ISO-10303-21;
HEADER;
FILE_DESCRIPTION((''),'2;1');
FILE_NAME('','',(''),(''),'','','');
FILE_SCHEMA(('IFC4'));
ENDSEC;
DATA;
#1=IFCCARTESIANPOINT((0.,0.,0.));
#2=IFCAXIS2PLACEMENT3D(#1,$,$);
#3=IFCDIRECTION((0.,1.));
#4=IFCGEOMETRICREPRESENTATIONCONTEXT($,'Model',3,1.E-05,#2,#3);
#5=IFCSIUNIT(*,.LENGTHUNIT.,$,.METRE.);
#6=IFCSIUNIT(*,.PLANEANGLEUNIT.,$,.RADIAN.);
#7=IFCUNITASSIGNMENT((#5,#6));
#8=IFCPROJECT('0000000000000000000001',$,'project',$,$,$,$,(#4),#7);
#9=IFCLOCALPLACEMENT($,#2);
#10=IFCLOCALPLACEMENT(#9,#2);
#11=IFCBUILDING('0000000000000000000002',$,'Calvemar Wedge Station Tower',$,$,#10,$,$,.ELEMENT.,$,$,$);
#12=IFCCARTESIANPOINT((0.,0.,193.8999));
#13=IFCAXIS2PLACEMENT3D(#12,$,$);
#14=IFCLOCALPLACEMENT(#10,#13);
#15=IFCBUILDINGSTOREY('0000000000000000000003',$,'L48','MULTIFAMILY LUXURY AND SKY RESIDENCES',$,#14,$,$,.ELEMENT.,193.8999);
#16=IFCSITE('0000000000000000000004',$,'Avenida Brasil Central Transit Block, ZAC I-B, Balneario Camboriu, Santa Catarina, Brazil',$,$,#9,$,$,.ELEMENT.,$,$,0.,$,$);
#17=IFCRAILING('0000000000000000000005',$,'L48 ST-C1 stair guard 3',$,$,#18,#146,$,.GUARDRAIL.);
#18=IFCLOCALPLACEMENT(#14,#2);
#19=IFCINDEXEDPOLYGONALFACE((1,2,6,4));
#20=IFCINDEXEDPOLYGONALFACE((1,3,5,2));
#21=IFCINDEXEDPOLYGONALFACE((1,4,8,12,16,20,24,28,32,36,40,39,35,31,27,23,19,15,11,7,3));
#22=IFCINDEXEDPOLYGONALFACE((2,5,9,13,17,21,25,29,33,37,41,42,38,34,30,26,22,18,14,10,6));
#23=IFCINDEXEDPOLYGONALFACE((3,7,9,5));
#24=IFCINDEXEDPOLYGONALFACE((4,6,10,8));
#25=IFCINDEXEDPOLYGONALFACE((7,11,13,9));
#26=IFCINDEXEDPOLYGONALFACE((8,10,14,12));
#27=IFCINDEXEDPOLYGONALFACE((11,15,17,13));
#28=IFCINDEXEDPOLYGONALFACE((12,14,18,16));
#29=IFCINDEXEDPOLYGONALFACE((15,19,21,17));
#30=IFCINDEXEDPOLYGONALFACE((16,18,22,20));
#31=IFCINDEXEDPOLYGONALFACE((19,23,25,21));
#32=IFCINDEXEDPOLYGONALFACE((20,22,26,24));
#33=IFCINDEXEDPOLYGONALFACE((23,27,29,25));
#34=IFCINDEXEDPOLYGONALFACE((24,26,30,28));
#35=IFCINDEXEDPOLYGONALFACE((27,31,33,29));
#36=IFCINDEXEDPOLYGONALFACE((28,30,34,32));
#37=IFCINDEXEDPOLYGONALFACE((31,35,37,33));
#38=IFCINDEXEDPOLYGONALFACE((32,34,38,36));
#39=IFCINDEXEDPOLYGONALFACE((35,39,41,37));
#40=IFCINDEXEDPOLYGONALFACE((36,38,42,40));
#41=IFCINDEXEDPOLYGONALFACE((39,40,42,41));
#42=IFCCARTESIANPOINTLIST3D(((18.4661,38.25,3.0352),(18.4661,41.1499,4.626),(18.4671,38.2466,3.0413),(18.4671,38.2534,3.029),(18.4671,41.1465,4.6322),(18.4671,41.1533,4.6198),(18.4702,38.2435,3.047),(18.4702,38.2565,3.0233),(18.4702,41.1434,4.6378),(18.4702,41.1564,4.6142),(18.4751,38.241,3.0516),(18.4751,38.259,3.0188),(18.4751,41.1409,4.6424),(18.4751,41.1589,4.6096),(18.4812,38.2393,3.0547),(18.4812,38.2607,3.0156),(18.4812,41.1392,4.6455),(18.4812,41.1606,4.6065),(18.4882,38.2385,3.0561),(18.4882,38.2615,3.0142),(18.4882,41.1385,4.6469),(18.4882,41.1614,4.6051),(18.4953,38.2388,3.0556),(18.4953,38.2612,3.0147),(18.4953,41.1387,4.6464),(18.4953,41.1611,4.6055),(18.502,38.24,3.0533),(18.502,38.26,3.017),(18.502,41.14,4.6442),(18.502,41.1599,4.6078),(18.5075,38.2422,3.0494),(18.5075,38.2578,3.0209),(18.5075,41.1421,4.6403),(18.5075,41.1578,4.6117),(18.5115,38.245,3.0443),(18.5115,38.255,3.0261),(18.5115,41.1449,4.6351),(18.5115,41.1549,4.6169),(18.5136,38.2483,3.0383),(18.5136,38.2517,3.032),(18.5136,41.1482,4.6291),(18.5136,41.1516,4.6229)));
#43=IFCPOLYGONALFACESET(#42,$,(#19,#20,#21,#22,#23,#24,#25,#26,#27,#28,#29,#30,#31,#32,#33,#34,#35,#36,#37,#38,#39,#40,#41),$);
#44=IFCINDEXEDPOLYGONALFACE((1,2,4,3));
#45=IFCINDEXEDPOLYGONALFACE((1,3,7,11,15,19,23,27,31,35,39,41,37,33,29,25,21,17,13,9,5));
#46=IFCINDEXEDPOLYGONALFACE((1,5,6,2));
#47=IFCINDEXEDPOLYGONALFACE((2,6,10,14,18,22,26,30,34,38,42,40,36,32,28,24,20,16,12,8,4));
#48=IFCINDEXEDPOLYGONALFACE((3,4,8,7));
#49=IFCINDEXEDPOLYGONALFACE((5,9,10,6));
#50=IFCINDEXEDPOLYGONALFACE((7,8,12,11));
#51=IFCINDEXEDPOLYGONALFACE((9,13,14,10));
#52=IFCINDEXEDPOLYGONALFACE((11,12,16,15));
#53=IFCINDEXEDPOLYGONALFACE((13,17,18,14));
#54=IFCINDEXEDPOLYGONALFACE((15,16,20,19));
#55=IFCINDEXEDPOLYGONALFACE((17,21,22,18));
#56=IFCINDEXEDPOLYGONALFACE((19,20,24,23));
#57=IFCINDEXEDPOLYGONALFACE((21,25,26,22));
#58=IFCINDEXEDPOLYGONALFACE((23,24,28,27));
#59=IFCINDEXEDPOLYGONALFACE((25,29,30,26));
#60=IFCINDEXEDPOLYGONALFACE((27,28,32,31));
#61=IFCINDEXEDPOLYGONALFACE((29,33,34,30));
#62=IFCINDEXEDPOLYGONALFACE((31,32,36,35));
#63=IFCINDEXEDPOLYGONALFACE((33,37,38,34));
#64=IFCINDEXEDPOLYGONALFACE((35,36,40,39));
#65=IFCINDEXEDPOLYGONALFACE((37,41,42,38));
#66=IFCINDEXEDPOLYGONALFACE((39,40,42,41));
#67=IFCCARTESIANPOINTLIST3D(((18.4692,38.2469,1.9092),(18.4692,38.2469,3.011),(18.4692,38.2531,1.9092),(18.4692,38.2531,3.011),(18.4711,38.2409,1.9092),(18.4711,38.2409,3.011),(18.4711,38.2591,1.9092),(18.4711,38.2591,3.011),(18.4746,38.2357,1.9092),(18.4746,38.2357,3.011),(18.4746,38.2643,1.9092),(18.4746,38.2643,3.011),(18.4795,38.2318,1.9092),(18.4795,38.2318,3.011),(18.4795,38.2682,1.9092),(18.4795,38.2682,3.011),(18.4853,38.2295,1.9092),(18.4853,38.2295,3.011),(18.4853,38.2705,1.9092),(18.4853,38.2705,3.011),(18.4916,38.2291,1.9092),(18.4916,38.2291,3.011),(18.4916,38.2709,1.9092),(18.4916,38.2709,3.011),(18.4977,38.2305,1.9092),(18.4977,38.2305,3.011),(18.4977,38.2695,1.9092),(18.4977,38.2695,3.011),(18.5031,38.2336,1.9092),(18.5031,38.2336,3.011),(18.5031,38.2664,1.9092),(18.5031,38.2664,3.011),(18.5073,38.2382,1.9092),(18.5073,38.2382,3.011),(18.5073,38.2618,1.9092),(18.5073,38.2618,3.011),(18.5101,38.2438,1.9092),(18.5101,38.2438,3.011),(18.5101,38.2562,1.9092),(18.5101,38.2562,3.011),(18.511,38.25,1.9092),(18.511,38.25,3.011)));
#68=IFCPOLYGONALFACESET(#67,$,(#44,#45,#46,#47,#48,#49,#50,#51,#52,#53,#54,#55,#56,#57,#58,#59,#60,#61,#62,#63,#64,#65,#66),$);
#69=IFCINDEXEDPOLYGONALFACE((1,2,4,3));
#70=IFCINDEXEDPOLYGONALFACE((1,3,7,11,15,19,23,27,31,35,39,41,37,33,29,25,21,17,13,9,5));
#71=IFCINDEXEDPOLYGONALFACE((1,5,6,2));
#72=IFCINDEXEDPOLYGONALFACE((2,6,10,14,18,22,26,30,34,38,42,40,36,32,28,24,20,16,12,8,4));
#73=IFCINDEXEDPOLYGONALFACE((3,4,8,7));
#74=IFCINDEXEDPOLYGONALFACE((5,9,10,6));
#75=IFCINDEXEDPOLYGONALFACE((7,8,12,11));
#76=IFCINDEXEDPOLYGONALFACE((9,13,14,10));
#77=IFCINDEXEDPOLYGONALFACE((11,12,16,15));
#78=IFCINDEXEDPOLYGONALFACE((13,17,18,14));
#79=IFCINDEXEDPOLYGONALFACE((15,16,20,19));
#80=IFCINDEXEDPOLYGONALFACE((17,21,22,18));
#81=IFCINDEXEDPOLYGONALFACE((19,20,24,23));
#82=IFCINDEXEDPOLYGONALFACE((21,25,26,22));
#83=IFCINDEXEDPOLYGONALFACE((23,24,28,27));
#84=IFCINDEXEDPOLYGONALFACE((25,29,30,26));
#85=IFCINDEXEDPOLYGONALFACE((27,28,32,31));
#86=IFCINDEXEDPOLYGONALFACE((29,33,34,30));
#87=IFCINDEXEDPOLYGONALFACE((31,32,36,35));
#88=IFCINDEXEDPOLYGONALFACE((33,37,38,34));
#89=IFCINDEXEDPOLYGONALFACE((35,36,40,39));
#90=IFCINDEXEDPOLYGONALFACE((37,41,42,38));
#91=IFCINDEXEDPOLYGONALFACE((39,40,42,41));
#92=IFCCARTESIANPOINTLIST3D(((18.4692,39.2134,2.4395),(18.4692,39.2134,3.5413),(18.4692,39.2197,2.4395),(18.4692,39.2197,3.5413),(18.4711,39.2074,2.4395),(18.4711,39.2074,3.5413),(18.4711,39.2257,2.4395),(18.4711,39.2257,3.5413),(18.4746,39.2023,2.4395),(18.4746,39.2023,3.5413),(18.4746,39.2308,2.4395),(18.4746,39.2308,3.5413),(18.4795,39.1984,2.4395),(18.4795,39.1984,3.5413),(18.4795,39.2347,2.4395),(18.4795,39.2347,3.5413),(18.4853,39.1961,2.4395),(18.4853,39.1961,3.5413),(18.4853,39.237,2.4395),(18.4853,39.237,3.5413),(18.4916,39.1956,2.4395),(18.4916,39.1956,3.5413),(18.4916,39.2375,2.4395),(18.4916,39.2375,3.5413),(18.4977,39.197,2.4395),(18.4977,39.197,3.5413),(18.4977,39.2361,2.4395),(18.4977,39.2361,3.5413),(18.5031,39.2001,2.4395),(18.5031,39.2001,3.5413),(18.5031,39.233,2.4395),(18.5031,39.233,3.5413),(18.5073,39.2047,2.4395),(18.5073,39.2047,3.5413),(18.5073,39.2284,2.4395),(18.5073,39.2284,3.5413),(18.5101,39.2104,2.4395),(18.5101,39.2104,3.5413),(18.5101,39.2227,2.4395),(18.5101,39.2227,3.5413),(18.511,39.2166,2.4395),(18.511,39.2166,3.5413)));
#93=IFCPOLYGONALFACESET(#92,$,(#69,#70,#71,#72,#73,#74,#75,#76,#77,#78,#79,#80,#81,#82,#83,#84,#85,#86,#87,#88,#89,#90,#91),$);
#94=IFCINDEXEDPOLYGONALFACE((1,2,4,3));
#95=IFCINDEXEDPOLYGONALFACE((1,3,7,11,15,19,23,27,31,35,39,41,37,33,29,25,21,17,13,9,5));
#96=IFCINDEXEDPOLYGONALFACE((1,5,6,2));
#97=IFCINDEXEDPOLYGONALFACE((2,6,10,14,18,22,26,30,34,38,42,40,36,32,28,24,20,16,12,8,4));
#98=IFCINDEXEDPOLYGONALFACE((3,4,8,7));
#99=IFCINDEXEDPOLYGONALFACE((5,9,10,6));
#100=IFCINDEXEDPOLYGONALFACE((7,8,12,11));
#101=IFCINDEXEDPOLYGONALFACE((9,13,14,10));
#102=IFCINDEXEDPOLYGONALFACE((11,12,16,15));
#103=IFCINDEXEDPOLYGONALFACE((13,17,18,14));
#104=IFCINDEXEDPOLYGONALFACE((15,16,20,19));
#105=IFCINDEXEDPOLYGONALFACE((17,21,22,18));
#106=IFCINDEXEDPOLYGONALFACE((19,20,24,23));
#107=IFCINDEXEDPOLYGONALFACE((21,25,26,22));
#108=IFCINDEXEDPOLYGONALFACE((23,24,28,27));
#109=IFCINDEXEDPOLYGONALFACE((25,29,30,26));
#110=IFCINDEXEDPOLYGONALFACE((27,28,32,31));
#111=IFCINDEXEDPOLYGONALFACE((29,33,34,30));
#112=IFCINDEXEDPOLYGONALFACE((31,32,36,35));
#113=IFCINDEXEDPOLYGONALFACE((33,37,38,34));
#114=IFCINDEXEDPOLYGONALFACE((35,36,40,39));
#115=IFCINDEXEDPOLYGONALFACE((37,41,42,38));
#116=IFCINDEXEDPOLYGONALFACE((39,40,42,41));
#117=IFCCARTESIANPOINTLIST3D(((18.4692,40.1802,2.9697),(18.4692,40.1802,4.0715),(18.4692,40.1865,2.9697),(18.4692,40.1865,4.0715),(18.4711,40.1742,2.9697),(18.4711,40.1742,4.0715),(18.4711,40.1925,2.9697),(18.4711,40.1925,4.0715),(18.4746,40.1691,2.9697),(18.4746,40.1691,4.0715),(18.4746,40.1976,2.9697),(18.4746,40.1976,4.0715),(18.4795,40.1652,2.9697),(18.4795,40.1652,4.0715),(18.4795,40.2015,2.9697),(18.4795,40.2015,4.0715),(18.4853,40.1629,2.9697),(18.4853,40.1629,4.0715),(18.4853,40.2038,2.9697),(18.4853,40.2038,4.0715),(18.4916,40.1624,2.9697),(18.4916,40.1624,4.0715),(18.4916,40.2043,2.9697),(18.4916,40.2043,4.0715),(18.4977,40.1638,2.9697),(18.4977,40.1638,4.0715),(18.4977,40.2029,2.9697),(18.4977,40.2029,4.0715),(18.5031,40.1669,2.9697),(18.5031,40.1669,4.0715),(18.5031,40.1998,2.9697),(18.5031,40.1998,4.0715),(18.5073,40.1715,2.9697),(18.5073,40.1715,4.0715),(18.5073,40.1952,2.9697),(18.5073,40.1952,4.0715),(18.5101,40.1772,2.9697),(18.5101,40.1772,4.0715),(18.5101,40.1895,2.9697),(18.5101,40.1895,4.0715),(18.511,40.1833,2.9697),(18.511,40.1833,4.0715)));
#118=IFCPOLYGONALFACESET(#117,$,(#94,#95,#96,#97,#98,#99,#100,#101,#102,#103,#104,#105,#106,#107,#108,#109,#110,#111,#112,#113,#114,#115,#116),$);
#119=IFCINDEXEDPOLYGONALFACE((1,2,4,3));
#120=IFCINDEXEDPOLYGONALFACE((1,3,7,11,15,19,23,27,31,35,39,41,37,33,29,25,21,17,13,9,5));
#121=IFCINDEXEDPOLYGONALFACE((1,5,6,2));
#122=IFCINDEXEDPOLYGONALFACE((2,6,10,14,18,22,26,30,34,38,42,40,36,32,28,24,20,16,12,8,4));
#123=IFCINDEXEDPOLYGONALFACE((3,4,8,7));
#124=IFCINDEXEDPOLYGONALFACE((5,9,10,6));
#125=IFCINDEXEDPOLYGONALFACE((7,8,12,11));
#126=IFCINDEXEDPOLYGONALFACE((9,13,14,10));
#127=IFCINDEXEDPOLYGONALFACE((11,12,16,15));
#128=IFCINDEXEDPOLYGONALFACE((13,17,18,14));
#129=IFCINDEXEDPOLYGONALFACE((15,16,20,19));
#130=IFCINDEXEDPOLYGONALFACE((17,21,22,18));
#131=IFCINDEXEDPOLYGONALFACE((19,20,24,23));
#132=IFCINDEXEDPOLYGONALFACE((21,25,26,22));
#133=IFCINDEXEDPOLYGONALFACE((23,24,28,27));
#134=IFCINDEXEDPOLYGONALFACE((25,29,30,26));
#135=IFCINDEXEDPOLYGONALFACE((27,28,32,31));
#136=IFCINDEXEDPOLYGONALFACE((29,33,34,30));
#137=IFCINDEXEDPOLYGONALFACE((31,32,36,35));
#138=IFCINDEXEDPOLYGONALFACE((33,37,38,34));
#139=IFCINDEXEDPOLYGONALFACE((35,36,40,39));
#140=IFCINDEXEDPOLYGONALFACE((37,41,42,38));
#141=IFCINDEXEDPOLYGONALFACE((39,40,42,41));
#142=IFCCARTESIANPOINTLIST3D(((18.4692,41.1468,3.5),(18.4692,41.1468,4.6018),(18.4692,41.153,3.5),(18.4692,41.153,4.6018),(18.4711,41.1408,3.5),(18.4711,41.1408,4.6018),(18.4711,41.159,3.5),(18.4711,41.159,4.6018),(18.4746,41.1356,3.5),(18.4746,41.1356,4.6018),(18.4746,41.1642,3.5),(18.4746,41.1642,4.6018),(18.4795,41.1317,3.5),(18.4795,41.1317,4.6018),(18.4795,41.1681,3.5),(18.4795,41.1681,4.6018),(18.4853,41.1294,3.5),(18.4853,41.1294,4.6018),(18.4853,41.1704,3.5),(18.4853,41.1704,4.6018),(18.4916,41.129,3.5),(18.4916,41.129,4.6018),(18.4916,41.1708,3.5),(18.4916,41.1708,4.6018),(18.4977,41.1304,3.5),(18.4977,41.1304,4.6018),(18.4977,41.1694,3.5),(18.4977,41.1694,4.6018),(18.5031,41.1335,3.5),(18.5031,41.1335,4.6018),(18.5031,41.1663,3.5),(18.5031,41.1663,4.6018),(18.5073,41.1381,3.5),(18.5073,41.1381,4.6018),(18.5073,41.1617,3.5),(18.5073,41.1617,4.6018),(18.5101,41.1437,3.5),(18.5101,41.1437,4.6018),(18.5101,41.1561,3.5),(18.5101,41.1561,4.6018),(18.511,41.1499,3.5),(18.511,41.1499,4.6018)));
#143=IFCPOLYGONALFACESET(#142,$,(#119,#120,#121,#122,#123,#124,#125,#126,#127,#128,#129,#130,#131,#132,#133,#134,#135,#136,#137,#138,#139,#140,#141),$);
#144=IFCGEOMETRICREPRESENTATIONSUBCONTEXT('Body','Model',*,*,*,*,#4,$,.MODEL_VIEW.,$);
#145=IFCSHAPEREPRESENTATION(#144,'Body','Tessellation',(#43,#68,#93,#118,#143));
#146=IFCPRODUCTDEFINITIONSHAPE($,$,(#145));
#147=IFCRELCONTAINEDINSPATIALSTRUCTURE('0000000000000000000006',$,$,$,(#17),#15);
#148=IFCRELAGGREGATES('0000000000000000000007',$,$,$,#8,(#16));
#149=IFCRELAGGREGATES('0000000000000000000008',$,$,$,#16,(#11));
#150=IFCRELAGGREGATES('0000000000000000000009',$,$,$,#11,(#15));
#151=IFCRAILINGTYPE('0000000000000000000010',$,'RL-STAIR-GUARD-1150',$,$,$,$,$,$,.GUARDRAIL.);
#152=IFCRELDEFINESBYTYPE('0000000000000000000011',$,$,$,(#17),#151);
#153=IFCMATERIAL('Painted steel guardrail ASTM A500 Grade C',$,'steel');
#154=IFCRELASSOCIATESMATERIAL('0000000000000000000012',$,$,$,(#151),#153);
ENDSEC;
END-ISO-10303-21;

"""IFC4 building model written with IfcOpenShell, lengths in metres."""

from ifc_helpers import new_model, si_unit, direction, frame, origin, origin_2d, place, context, subcontext, project, spatial, circle, extrude, material, type_object, element, save


model = new_model("IFC4")

# Units and contexts
model_context = context("Model", 3, precision=1e-05, world=origin(), true_north=direction((0.0, 1.0)))
body_context = subcontext(model_context, "Body", "Model", "MODEL_VIEW")
ifc_project = project(units=[si_unit("LENGTHUNIT", "METRE"), si_unit("PLANEANGLEUNIT", "RADIAN")], contexts=[model_context])

# Site, building, storey
site_placement = place(None, origin())
site = spatial("IfcSite", under=ifc_project, at=site_placement, Name="Avenida Brasil Central Transit Block, ZAC I-B, Balneario Camboriu, Santa Catarina, Brazil", CompositionType="ELEMENT", RefElevation=0.0)
building_placement = place(site_placement, origin())
building = spatial("IfcBuilding", under=site, at=building_placement, Name="Calvemar Wedge Station Tower", CompositionType="ELEMENT")
storey_placement = place(building_placement, frame((0.0, 0.0, 193.8999)))
storey = spatial("IfcBuildingStorey", under=building, at=storey_placement, Name="L48", Description="MULTIFAMILY LUXURY AND SKY RESIDENCES", CompositionType="ELEMENT", Elevation=193.8999)

# Railing
ifc_material_1 = material(Name="Painted steel guardrail ASTM A500 Grade C", Category="steel")
railing_type_1 = type_object("IfcRailingType", Name="RL-STAIR-GUARD-1150", PredefinedType="GUARDRAIL", material=ifc_material_1)
railing_1_placement = place(storey_placement, frame((18.49, 38.25, 1.9092)))
element("IfcRailing", 1, at=railing_1_placement, inside=storey, type_object=railing_type_1, Name="L48 ST-C1 stair guard 3", PredefinedType="GUARDRAIL", context=body_context, shape_type="SweptSolid", body=[
    extrude(circle(Radius=0.0239, at=origin_2d()), frame((0.0, 0.0, 1.126), z_axis=(0.0, 0.876742, 0.480961), x_axis=(-1.0, 0.0, 0.0)), (0.0, 0.0, 1.0), 3.3076),
    extrude(circle(Radius=0.021, at=origin_2d()), origin(), (0.0, 0.0, 1.0), 1.1018),
    extrude(circle(Radius=0.021, at=origin_2d()), frame((0.0, 0.9666, 0.5303)), (0.0, 0.0, 1.0), 1.1018),
    extrude(circle(Radius=0.021, at=origin_2d()), frame((0.0, 1.9333, 1.0605)), (0.0, 0.0, 1.0), 1.1018),
    extrude(circle(Radius=0.021, at=origin_2d()), frame((0.0, 2.8999, 1.5908)), (0.0, 0.0, 1.0), 1.1018),
])

save(model, "model.ifc")
